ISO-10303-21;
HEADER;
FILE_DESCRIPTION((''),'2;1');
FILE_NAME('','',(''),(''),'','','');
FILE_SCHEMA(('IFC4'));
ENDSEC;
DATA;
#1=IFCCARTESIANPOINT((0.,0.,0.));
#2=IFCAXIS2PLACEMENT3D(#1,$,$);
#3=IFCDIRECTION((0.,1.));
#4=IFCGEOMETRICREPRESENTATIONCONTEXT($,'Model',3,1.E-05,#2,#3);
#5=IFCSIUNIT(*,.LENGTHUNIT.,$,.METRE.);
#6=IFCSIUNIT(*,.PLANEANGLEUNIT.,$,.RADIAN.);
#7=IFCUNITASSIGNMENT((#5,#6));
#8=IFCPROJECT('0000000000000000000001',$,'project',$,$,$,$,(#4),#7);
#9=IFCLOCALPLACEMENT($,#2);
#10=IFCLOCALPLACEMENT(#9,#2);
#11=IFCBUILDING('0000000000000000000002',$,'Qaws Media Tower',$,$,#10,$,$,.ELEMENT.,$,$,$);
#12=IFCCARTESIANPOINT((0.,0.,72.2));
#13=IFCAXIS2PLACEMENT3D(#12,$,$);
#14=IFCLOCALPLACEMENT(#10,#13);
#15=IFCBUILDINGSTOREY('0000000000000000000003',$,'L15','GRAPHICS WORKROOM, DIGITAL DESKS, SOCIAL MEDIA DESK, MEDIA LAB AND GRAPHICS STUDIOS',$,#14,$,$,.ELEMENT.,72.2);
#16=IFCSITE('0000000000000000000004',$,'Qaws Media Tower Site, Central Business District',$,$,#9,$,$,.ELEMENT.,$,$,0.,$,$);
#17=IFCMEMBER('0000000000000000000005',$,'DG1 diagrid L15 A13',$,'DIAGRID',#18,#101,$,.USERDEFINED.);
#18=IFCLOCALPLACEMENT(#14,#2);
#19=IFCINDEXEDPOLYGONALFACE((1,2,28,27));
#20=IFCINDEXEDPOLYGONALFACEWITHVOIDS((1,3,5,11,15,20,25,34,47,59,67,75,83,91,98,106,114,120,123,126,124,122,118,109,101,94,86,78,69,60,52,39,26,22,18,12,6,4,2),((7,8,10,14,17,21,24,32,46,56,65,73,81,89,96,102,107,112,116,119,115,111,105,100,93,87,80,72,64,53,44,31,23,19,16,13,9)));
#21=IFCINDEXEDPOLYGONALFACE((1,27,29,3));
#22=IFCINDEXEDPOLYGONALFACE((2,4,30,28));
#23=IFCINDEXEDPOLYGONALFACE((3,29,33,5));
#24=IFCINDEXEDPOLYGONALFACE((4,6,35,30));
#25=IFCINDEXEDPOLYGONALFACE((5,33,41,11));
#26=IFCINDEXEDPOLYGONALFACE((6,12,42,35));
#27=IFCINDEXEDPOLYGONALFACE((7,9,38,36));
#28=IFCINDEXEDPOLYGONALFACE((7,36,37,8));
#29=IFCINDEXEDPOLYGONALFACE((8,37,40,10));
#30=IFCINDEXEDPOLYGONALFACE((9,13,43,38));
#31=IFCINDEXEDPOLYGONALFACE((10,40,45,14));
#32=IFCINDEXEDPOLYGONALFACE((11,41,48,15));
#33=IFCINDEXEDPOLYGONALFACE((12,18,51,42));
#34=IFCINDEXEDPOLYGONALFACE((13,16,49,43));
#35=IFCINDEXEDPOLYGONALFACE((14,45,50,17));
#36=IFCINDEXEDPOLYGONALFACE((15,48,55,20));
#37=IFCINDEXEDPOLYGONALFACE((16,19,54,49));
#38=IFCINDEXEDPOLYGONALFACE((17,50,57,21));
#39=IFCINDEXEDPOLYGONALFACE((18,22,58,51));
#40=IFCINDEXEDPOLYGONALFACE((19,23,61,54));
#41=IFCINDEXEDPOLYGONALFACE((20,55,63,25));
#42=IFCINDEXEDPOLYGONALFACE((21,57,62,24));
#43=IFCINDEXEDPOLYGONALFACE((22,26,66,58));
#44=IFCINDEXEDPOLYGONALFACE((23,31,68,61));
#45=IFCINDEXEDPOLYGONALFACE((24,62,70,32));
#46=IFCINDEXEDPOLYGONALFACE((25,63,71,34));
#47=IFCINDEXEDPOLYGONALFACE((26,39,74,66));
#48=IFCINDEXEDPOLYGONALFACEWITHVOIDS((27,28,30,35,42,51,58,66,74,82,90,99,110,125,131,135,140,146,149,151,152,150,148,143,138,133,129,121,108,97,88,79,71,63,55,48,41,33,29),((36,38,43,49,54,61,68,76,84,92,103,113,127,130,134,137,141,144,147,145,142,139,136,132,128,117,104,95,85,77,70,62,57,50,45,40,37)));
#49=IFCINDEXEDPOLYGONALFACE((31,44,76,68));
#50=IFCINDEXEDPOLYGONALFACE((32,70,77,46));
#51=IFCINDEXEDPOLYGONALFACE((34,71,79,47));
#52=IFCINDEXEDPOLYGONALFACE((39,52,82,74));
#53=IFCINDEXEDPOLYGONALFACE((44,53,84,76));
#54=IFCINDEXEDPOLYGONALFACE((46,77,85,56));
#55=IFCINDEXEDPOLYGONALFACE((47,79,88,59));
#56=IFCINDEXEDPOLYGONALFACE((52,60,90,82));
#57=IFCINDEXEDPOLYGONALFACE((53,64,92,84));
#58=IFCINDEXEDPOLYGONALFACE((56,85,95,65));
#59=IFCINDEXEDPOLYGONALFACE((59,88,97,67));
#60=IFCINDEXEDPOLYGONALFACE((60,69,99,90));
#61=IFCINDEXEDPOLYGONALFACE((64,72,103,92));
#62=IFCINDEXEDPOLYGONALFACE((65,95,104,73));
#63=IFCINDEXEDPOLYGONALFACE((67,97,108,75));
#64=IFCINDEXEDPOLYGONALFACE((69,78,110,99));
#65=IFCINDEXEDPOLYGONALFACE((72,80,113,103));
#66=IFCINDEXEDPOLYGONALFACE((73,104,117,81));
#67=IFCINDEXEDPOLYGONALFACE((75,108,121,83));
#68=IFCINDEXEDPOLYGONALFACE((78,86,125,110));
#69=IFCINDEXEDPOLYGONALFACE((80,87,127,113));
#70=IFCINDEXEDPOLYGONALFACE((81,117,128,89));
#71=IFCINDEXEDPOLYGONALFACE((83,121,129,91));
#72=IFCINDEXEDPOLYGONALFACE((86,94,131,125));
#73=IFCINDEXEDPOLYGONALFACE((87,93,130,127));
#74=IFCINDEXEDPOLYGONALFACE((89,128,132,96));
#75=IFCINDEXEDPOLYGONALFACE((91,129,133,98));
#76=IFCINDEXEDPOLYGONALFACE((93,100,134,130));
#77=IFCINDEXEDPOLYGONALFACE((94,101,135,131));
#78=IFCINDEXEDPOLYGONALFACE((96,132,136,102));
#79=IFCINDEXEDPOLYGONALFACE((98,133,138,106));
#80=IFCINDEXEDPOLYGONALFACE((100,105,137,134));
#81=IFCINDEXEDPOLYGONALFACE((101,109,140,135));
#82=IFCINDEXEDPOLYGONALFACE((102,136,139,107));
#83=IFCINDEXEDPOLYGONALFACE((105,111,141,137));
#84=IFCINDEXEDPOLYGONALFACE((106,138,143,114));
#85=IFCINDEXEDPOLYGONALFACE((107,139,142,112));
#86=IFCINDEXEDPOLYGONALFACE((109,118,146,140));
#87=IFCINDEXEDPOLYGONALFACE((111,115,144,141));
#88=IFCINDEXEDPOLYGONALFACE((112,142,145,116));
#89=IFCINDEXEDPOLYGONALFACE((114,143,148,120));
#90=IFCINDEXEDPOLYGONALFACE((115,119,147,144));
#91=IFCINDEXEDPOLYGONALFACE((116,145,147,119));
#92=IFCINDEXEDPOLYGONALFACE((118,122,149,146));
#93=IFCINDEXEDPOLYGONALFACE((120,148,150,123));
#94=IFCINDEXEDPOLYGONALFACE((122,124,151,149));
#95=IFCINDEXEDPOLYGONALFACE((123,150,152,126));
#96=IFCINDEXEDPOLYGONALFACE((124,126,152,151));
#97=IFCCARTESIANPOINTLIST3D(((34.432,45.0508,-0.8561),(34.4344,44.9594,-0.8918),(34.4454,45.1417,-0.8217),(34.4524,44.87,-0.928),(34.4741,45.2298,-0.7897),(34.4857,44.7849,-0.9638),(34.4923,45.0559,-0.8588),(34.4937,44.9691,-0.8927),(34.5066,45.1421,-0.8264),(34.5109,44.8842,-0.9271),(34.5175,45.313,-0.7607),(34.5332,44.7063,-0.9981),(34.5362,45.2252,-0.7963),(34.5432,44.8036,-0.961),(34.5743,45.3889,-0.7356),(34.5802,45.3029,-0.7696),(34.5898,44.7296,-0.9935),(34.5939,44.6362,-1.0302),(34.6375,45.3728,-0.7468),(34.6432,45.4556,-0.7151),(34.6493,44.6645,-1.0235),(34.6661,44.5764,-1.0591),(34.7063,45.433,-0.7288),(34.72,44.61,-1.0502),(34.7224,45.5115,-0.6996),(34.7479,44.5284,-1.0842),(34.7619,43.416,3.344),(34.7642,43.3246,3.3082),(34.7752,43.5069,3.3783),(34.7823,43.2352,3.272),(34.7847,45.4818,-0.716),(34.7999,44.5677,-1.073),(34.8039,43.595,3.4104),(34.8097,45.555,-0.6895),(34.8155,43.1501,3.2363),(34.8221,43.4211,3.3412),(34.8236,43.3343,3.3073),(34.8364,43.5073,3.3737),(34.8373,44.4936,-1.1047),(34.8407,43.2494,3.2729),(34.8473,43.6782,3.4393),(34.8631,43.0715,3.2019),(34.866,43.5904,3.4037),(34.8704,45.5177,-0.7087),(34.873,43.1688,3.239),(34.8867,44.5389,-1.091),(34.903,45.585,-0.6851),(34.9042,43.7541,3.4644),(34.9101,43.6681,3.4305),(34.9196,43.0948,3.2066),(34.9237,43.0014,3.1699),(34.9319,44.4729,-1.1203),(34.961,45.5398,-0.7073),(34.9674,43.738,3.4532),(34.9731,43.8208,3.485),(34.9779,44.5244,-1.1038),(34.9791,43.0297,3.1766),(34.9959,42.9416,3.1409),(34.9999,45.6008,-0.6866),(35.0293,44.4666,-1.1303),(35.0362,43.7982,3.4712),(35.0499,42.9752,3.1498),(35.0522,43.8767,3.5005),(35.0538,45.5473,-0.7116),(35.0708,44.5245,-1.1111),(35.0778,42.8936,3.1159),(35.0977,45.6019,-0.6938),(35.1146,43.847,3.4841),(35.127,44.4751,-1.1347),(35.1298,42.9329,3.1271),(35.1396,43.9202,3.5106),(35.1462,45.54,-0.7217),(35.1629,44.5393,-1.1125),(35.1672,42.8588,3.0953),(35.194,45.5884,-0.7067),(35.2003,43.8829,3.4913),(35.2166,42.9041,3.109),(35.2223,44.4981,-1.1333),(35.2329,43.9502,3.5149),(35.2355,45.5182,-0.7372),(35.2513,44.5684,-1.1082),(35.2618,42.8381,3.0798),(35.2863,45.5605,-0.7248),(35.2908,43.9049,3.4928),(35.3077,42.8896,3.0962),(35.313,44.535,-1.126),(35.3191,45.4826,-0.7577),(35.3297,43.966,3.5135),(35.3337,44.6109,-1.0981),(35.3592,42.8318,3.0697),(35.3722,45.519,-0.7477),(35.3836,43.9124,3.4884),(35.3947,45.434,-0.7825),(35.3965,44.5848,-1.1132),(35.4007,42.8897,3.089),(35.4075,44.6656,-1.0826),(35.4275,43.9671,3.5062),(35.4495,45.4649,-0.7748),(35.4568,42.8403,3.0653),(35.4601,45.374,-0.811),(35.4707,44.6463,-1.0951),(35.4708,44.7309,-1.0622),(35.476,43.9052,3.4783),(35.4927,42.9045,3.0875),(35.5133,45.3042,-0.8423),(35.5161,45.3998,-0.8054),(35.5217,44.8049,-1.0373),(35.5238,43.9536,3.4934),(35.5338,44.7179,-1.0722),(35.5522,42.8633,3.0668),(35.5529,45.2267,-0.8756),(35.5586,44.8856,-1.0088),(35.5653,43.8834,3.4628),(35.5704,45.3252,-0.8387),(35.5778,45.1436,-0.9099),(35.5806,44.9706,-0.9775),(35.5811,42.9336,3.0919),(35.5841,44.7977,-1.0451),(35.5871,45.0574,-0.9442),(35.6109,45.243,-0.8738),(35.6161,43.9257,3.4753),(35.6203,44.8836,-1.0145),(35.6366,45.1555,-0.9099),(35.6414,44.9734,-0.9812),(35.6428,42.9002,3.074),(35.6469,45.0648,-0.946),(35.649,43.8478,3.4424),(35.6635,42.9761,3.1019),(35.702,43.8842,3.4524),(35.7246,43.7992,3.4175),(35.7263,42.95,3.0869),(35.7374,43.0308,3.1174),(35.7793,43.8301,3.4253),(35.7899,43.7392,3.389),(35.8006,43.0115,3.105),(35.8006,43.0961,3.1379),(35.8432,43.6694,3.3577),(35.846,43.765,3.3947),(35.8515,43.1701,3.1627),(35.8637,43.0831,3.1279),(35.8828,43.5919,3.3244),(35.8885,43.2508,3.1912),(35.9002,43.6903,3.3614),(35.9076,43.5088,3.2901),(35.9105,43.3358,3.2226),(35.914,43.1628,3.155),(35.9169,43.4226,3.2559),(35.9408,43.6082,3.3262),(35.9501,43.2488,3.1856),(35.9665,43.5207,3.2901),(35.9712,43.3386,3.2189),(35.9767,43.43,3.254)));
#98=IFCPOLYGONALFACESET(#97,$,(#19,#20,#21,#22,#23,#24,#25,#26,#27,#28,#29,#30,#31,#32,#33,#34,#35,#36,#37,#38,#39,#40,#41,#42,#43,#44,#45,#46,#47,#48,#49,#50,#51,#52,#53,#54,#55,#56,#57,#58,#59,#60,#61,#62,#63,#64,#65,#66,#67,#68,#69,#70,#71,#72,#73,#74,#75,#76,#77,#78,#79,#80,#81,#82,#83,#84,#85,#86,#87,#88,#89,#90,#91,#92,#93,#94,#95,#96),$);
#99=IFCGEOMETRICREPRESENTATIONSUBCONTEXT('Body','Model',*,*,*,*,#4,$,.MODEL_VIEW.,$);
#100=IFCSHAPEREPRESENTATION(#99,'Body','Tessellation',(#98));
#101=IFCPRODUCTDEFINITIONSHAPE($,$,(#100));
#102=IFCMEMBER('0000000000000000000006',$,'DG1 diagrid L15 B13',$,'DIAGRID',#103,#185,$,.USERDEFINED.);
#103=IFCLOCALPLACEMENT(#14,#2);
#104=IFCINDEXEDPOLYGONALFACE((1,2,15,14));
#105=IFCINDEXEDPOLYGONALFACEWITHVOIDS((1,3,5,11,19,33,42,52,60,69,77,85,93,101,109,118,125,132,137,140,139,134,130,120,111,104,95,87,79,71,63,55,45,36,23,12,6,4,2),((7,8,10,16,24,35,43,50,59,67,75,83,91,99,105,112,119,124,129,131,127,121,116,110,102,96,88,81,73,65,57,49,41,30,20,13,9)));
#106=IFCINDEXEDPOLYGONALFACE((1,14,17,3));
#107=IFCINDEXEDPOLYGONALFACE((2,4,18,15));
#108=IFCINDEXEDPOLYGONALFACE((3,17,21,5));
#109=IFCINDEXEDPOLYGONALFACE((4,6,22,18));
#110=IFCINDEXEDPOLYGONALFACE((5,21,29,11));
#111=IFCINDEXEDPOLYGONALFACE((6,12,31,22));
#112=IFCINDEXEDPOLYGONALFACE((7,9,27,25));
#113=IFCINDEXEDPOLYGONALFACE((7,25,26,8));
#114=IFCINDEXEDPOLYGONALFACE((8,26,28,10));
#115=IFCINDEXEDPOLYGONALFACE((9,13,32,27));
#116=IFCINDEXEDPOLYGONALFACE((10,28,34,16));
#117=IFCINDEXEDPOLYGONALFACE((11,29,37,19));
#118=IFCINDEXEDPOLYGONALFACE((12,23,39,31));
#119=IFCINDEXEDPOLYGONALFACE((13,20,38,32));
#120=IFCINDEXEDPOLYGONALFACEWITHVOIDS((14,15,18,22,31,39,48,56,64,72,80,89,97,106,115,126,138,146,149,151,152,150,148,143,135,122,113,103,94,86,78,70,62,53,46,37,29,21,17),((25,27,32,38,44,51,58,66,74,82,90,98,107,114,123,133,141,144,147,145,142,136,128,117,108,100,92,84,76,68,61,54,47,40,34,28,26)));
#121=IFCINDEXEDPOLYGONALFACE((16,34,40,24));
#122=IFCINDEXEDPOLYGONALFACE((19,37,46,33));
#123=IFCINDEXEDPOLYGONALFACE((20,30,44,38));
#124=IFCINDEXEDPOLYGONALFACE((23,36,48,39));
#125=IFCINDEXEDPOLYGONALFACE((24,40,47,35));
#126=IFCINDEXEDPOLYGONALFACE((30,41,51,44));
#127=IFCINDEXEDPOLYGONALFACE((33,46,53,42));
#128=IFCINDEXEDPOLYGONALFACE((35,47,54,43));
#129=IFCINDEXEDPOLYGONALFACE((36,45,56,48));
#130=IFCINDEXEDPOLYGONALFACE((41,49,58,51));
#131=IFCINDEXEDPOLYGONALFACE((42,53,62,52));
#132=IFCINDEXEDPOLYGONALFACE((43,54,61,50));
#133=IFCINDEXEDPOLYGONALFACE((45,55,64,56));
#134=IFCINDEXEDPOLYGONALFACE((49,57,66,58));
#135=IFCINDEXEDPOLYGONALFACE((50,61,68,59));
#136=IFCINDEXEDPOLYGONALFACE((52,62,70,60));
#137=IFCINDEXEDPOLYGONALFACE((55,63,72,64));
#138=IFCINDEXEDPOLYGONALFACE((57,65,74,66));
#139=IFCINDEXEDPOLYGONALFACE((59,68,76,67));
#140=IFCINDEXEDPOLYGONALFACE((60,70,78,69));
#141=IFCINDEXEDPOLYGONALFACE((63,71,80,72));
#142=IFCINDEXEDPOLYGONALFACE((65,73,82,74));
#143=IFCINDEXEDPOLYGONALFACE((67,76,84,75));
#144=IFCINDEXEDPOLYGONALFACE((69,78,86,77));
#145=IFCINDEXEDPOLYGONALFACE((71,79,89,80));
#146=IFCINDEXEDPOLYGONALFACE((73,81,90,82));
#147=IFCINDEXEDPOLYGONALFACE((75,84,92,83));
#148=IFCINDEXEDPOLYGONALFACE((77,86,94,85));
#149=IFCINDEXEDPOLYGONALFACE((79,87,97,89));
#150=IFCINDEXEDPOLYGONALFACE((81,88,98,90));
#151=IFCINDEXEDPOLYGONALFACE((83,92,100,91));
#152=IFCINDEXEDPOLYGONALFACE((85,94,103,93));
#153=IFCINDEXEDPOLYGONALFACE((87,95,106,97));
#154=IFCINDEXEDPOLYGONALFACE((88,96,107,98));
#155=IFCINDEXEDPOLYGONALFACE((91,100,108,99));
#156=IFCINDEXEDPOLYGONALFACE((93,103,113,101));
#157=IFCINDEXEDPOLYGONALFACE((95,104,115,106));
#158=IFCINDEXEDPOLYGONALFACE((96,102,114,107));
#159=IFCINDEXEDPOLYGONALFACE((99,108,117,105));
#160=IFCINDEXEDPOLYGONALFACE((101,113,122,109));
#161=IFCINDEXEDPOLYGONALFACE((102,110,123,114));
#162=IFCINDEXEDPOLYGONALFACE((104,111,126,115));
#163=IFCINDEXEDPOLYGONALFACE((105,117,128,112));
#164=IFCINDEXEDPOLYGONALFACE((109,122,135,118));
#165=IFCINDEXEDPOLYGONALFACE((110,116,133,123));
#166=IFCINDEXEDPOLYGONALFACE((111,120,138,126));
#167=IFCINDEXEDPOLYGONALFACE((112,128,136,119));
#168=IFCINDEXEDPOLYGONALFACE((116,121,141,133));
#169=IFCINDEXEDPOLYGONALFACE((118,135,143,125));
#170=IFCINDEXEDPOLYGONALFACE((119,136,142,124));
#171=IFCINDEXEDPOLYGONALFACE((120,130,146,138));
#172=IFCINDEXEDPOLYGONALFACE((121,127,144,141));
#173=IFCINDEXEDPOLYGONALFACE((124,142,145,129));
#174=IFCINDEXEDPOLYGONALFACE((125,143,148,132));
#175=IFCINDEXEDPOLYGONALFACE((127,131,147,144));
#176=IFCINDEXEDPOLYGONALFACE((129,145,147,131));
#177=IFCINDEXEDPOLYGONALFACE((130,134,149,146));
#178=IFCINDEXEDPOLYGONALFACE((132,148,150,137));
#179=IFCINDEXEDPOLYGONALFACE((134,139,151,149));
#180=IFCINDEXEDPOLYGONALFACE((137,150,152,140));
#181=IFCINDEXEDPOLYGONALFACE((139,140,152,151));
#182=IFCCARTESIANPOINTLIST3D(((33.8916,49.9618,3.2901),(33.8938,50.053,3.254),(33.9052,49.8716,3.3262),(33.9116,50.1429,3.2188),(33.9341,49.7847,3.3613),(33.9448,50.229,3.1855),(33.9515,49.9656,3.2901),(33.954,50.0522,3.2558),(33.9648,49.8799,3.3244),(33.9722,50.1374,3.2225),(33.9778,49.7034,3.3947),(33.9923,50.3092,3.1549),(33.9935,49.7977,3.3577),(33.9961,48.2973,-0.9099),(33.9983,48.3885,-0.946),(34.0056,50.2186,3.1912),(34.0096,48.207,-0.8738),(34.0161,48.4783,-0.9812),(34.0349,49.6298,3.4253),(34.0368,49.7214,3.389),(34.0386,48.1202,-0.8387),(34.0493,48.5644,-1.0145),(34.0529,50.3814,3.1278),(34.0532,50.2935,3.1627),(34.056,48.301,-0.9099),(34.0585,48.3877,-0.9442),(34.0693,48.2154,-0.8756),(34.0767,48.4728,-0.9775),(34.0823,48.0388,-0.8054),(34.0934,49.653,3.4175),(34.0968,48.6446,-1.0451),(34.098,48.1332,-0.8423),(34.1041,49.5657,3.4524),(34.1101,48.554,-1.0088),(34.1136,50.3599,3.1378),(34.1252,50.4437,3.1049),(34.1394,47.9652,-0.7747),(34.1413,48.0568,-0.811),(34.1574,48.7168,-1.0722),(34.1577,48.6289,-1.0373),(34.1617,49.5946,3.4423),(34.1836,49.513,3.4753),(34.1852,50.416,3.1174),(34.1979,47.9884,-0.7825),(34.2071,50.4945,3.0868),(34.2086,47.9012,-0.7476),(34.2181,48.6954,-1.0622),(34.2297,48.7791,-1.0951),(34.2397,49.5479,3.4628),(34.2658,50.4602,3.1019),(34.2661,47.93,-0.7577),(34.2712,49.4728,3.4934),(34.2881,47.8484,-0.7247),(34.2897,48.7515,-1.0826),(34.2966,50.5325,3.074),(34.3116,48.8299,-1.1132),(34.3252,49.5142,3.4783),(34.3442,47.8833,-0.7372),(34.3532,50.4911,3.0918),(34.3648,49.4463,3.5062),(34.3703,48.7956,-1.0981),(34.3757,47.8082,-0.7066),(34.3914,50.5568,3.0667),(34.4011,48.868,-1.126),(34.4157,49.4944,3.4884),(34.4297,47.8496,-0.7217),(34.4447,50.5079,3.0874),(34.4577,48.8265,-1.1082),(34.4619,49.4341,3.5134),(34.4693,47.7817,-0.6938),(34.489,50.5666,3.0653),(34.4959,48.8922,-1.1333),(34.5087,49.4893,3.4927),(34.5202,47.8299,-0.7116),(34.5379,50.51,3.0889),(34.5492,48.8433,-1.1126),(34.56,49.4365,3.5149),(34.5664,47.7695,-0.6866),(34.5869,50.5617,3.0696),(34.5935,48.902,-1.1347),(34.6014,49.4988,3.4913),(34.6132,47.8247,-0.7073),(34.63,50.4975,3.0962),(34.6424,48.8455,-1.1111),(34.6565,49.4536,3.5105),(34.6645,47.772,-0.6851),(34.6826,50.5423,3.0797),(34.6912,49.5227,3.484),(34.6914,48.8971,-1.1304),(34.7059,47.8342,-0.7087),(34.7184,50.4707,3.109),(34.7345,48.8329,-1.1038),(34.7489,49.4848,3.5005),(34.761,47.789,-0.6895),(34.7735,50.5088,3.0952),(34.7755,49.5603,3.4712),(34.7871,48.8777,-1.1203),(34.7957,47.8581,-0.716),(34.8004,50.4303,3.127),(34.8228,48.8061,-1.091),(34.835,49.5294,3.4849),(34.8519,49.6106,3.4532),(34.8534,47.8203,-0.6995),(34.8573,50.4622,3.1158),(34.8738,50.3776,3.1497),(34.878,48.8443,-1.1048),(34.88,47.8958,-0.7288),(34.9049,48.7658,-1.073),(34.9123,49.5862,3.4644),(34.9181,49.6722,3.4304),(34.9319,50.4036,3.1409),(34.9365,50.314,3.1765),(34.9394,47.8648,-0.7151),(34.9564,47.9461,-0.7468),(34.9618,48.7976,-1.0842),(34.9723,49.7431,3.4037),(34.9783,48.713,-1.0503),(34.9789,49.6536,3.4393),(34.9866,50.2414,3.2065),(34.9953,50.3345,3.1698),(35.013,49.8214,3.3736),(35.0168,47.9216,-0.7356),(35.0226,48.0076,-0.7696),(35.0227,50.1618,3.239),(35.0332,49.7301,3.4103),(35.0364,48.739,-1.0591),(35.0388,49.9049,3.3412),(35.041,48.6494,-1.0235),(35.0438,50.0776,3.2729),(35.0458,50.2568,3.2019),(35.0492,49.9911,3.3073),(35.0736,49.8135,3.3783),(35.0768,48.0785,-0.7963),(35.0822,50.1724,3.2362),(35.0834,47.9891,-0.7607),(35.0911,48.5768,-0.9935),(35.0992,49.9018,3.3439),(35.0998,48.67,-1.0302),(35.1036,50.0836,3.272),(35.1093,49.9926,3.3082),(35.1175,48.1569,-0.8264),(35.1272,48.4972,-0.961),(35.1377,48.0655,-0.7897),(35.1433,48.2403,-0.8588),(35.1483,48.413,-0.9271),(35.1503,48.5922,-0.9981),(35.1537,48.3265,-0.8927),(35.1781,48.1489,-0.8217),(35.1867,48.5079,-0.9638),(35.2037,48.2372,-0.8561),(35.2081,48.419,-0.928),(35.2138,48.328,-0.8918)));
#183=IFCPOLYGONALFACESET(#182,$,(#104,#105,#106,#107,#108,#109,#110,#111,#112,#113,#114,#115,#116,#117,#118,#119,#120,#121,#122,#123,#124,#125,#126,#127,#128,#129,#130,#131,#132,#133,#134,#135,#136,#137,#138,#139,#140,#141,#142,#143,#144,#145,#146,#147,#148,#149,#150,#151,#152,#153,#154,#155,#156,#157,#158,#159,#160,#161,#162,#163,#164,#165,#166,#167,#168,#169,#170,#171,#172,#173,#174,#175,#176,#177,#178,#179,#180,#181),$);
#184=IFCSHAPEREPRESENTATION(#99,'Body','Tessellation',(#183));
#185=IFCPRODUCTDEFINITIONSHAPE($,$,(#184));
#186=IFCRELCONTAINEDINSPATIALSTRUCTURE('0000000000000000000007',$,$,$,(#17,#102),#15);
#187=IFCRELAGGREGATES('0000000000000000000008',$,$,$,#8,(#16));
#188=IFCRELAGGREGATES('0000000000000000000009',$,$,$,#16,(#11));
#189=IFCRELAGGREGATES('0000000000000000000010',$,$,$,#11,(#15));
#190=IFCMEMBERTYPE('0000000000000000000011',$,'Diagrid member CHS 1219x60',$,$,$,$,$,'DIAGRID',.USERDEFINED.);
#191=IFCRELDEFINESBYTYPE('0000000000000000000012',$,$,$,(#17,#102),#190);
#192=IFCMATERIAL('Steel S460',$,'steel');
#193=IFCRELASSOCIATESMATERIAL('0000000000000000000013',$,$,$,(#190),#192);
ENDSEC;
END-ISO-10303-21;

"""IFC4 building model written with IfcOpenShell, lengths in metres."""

from ifc_helpers import new_model, si_unit, direction, frame, origin, origin_2d, place, context, subcontext, project, spatial, hollow_circle, extrude, material, material_profile, profile_set, type_object, element, save


model = new_model("IFC4")

# Units and contexts
model_context = context("Model", 3, precision=1e-05, world=origin(), true_north=direction((0.0, 1.0)))
body_context = subcontext(model_context, "Body", "Model", "MODEL_VIEW")
ifc_project = project(units=[si_unit("LENGTHUNIT", "METRE"), si_unit("PLANEANGLEUNIT", "RADIAN")], contexts=[model_context])

# Site, building, storey
site_placement = place(None, origin())
site = spatial("IfcSite", under=ifc_project, at=site_placement, Name="Qaws Media Tower Site, Central Business District", CompositionType="ELEMENT", RefElevation=0.0)
building_placement = place(site_placement, origin())
building = spatial("IfcBuilding", under=site, at=building_placement, Name="Qaws Media Tower", CompositionType="ELEMENT")
storey_placement = place(building_placement, frame((0.0, 0.0, 72.2)))
storey = spatial("IfcBuildingStorey", under=building, at=storey_placement, Name="L15", Description="GRAPHICS WORKROOM, DIGITAL DESKS, SOCIAL MEDIA DESK, MEDIA LAB AND GRAPHICS STUDIOS", CompositionType="ELEMENT", Elevation=72.2)

# Members
ifc_material_1 = material(Name="Steel S460", Category="steel")
ifc_material_profile_1 = material_profile(ifc_material_1, hollow_circle(Radius=0.6096, WallThickness=0.0601, at=origin_2d()), Name="CHS 1219x60")
ifc_profile_set_1 = profile_set([ifc_material_profile_1], Name="Steel S460")
member_type_1 = type_object("IfcMemberType", Name="Diagrid member CHS 1219x60", ElementType="DIAGRID", PredefinedType="USERDEFINED", material=ifc_profile_set_1)
for number, where, z_axis, x_axis, name in (
    (1, (35.0391, 45.0349, -0.9099), (0.072989, -0.361758, 0.92941), (0.980247, 0.197777, 0.0), "DG1 diagrid L15 A13"),
    (2, (34.6045, 48.3354, -0.9099), (-0.023123, 0.368346, 0.929401), (-0.998035, -0.062652, 0.0), "DG1 diagrid L15 B13"),
):
    element("IfcMember", number, at=place(storey_placement, frame(where, z_axis=z_axis, x_axis=x_axis)), inside=storey, type_object=member_type_1, Name=name, ObjectType="DIAGRID", PredefinedType="USERDEFINED", context=body_context, shape_type="SweptSolid", body=[
        extrude(hollow_circle(Radius=0.6096, WallThickness=0.0601, at=origin_2d()), origin(), (0.0, 0.0, 1.0), 4.519),
    ])

save(model, "model.ifc")
